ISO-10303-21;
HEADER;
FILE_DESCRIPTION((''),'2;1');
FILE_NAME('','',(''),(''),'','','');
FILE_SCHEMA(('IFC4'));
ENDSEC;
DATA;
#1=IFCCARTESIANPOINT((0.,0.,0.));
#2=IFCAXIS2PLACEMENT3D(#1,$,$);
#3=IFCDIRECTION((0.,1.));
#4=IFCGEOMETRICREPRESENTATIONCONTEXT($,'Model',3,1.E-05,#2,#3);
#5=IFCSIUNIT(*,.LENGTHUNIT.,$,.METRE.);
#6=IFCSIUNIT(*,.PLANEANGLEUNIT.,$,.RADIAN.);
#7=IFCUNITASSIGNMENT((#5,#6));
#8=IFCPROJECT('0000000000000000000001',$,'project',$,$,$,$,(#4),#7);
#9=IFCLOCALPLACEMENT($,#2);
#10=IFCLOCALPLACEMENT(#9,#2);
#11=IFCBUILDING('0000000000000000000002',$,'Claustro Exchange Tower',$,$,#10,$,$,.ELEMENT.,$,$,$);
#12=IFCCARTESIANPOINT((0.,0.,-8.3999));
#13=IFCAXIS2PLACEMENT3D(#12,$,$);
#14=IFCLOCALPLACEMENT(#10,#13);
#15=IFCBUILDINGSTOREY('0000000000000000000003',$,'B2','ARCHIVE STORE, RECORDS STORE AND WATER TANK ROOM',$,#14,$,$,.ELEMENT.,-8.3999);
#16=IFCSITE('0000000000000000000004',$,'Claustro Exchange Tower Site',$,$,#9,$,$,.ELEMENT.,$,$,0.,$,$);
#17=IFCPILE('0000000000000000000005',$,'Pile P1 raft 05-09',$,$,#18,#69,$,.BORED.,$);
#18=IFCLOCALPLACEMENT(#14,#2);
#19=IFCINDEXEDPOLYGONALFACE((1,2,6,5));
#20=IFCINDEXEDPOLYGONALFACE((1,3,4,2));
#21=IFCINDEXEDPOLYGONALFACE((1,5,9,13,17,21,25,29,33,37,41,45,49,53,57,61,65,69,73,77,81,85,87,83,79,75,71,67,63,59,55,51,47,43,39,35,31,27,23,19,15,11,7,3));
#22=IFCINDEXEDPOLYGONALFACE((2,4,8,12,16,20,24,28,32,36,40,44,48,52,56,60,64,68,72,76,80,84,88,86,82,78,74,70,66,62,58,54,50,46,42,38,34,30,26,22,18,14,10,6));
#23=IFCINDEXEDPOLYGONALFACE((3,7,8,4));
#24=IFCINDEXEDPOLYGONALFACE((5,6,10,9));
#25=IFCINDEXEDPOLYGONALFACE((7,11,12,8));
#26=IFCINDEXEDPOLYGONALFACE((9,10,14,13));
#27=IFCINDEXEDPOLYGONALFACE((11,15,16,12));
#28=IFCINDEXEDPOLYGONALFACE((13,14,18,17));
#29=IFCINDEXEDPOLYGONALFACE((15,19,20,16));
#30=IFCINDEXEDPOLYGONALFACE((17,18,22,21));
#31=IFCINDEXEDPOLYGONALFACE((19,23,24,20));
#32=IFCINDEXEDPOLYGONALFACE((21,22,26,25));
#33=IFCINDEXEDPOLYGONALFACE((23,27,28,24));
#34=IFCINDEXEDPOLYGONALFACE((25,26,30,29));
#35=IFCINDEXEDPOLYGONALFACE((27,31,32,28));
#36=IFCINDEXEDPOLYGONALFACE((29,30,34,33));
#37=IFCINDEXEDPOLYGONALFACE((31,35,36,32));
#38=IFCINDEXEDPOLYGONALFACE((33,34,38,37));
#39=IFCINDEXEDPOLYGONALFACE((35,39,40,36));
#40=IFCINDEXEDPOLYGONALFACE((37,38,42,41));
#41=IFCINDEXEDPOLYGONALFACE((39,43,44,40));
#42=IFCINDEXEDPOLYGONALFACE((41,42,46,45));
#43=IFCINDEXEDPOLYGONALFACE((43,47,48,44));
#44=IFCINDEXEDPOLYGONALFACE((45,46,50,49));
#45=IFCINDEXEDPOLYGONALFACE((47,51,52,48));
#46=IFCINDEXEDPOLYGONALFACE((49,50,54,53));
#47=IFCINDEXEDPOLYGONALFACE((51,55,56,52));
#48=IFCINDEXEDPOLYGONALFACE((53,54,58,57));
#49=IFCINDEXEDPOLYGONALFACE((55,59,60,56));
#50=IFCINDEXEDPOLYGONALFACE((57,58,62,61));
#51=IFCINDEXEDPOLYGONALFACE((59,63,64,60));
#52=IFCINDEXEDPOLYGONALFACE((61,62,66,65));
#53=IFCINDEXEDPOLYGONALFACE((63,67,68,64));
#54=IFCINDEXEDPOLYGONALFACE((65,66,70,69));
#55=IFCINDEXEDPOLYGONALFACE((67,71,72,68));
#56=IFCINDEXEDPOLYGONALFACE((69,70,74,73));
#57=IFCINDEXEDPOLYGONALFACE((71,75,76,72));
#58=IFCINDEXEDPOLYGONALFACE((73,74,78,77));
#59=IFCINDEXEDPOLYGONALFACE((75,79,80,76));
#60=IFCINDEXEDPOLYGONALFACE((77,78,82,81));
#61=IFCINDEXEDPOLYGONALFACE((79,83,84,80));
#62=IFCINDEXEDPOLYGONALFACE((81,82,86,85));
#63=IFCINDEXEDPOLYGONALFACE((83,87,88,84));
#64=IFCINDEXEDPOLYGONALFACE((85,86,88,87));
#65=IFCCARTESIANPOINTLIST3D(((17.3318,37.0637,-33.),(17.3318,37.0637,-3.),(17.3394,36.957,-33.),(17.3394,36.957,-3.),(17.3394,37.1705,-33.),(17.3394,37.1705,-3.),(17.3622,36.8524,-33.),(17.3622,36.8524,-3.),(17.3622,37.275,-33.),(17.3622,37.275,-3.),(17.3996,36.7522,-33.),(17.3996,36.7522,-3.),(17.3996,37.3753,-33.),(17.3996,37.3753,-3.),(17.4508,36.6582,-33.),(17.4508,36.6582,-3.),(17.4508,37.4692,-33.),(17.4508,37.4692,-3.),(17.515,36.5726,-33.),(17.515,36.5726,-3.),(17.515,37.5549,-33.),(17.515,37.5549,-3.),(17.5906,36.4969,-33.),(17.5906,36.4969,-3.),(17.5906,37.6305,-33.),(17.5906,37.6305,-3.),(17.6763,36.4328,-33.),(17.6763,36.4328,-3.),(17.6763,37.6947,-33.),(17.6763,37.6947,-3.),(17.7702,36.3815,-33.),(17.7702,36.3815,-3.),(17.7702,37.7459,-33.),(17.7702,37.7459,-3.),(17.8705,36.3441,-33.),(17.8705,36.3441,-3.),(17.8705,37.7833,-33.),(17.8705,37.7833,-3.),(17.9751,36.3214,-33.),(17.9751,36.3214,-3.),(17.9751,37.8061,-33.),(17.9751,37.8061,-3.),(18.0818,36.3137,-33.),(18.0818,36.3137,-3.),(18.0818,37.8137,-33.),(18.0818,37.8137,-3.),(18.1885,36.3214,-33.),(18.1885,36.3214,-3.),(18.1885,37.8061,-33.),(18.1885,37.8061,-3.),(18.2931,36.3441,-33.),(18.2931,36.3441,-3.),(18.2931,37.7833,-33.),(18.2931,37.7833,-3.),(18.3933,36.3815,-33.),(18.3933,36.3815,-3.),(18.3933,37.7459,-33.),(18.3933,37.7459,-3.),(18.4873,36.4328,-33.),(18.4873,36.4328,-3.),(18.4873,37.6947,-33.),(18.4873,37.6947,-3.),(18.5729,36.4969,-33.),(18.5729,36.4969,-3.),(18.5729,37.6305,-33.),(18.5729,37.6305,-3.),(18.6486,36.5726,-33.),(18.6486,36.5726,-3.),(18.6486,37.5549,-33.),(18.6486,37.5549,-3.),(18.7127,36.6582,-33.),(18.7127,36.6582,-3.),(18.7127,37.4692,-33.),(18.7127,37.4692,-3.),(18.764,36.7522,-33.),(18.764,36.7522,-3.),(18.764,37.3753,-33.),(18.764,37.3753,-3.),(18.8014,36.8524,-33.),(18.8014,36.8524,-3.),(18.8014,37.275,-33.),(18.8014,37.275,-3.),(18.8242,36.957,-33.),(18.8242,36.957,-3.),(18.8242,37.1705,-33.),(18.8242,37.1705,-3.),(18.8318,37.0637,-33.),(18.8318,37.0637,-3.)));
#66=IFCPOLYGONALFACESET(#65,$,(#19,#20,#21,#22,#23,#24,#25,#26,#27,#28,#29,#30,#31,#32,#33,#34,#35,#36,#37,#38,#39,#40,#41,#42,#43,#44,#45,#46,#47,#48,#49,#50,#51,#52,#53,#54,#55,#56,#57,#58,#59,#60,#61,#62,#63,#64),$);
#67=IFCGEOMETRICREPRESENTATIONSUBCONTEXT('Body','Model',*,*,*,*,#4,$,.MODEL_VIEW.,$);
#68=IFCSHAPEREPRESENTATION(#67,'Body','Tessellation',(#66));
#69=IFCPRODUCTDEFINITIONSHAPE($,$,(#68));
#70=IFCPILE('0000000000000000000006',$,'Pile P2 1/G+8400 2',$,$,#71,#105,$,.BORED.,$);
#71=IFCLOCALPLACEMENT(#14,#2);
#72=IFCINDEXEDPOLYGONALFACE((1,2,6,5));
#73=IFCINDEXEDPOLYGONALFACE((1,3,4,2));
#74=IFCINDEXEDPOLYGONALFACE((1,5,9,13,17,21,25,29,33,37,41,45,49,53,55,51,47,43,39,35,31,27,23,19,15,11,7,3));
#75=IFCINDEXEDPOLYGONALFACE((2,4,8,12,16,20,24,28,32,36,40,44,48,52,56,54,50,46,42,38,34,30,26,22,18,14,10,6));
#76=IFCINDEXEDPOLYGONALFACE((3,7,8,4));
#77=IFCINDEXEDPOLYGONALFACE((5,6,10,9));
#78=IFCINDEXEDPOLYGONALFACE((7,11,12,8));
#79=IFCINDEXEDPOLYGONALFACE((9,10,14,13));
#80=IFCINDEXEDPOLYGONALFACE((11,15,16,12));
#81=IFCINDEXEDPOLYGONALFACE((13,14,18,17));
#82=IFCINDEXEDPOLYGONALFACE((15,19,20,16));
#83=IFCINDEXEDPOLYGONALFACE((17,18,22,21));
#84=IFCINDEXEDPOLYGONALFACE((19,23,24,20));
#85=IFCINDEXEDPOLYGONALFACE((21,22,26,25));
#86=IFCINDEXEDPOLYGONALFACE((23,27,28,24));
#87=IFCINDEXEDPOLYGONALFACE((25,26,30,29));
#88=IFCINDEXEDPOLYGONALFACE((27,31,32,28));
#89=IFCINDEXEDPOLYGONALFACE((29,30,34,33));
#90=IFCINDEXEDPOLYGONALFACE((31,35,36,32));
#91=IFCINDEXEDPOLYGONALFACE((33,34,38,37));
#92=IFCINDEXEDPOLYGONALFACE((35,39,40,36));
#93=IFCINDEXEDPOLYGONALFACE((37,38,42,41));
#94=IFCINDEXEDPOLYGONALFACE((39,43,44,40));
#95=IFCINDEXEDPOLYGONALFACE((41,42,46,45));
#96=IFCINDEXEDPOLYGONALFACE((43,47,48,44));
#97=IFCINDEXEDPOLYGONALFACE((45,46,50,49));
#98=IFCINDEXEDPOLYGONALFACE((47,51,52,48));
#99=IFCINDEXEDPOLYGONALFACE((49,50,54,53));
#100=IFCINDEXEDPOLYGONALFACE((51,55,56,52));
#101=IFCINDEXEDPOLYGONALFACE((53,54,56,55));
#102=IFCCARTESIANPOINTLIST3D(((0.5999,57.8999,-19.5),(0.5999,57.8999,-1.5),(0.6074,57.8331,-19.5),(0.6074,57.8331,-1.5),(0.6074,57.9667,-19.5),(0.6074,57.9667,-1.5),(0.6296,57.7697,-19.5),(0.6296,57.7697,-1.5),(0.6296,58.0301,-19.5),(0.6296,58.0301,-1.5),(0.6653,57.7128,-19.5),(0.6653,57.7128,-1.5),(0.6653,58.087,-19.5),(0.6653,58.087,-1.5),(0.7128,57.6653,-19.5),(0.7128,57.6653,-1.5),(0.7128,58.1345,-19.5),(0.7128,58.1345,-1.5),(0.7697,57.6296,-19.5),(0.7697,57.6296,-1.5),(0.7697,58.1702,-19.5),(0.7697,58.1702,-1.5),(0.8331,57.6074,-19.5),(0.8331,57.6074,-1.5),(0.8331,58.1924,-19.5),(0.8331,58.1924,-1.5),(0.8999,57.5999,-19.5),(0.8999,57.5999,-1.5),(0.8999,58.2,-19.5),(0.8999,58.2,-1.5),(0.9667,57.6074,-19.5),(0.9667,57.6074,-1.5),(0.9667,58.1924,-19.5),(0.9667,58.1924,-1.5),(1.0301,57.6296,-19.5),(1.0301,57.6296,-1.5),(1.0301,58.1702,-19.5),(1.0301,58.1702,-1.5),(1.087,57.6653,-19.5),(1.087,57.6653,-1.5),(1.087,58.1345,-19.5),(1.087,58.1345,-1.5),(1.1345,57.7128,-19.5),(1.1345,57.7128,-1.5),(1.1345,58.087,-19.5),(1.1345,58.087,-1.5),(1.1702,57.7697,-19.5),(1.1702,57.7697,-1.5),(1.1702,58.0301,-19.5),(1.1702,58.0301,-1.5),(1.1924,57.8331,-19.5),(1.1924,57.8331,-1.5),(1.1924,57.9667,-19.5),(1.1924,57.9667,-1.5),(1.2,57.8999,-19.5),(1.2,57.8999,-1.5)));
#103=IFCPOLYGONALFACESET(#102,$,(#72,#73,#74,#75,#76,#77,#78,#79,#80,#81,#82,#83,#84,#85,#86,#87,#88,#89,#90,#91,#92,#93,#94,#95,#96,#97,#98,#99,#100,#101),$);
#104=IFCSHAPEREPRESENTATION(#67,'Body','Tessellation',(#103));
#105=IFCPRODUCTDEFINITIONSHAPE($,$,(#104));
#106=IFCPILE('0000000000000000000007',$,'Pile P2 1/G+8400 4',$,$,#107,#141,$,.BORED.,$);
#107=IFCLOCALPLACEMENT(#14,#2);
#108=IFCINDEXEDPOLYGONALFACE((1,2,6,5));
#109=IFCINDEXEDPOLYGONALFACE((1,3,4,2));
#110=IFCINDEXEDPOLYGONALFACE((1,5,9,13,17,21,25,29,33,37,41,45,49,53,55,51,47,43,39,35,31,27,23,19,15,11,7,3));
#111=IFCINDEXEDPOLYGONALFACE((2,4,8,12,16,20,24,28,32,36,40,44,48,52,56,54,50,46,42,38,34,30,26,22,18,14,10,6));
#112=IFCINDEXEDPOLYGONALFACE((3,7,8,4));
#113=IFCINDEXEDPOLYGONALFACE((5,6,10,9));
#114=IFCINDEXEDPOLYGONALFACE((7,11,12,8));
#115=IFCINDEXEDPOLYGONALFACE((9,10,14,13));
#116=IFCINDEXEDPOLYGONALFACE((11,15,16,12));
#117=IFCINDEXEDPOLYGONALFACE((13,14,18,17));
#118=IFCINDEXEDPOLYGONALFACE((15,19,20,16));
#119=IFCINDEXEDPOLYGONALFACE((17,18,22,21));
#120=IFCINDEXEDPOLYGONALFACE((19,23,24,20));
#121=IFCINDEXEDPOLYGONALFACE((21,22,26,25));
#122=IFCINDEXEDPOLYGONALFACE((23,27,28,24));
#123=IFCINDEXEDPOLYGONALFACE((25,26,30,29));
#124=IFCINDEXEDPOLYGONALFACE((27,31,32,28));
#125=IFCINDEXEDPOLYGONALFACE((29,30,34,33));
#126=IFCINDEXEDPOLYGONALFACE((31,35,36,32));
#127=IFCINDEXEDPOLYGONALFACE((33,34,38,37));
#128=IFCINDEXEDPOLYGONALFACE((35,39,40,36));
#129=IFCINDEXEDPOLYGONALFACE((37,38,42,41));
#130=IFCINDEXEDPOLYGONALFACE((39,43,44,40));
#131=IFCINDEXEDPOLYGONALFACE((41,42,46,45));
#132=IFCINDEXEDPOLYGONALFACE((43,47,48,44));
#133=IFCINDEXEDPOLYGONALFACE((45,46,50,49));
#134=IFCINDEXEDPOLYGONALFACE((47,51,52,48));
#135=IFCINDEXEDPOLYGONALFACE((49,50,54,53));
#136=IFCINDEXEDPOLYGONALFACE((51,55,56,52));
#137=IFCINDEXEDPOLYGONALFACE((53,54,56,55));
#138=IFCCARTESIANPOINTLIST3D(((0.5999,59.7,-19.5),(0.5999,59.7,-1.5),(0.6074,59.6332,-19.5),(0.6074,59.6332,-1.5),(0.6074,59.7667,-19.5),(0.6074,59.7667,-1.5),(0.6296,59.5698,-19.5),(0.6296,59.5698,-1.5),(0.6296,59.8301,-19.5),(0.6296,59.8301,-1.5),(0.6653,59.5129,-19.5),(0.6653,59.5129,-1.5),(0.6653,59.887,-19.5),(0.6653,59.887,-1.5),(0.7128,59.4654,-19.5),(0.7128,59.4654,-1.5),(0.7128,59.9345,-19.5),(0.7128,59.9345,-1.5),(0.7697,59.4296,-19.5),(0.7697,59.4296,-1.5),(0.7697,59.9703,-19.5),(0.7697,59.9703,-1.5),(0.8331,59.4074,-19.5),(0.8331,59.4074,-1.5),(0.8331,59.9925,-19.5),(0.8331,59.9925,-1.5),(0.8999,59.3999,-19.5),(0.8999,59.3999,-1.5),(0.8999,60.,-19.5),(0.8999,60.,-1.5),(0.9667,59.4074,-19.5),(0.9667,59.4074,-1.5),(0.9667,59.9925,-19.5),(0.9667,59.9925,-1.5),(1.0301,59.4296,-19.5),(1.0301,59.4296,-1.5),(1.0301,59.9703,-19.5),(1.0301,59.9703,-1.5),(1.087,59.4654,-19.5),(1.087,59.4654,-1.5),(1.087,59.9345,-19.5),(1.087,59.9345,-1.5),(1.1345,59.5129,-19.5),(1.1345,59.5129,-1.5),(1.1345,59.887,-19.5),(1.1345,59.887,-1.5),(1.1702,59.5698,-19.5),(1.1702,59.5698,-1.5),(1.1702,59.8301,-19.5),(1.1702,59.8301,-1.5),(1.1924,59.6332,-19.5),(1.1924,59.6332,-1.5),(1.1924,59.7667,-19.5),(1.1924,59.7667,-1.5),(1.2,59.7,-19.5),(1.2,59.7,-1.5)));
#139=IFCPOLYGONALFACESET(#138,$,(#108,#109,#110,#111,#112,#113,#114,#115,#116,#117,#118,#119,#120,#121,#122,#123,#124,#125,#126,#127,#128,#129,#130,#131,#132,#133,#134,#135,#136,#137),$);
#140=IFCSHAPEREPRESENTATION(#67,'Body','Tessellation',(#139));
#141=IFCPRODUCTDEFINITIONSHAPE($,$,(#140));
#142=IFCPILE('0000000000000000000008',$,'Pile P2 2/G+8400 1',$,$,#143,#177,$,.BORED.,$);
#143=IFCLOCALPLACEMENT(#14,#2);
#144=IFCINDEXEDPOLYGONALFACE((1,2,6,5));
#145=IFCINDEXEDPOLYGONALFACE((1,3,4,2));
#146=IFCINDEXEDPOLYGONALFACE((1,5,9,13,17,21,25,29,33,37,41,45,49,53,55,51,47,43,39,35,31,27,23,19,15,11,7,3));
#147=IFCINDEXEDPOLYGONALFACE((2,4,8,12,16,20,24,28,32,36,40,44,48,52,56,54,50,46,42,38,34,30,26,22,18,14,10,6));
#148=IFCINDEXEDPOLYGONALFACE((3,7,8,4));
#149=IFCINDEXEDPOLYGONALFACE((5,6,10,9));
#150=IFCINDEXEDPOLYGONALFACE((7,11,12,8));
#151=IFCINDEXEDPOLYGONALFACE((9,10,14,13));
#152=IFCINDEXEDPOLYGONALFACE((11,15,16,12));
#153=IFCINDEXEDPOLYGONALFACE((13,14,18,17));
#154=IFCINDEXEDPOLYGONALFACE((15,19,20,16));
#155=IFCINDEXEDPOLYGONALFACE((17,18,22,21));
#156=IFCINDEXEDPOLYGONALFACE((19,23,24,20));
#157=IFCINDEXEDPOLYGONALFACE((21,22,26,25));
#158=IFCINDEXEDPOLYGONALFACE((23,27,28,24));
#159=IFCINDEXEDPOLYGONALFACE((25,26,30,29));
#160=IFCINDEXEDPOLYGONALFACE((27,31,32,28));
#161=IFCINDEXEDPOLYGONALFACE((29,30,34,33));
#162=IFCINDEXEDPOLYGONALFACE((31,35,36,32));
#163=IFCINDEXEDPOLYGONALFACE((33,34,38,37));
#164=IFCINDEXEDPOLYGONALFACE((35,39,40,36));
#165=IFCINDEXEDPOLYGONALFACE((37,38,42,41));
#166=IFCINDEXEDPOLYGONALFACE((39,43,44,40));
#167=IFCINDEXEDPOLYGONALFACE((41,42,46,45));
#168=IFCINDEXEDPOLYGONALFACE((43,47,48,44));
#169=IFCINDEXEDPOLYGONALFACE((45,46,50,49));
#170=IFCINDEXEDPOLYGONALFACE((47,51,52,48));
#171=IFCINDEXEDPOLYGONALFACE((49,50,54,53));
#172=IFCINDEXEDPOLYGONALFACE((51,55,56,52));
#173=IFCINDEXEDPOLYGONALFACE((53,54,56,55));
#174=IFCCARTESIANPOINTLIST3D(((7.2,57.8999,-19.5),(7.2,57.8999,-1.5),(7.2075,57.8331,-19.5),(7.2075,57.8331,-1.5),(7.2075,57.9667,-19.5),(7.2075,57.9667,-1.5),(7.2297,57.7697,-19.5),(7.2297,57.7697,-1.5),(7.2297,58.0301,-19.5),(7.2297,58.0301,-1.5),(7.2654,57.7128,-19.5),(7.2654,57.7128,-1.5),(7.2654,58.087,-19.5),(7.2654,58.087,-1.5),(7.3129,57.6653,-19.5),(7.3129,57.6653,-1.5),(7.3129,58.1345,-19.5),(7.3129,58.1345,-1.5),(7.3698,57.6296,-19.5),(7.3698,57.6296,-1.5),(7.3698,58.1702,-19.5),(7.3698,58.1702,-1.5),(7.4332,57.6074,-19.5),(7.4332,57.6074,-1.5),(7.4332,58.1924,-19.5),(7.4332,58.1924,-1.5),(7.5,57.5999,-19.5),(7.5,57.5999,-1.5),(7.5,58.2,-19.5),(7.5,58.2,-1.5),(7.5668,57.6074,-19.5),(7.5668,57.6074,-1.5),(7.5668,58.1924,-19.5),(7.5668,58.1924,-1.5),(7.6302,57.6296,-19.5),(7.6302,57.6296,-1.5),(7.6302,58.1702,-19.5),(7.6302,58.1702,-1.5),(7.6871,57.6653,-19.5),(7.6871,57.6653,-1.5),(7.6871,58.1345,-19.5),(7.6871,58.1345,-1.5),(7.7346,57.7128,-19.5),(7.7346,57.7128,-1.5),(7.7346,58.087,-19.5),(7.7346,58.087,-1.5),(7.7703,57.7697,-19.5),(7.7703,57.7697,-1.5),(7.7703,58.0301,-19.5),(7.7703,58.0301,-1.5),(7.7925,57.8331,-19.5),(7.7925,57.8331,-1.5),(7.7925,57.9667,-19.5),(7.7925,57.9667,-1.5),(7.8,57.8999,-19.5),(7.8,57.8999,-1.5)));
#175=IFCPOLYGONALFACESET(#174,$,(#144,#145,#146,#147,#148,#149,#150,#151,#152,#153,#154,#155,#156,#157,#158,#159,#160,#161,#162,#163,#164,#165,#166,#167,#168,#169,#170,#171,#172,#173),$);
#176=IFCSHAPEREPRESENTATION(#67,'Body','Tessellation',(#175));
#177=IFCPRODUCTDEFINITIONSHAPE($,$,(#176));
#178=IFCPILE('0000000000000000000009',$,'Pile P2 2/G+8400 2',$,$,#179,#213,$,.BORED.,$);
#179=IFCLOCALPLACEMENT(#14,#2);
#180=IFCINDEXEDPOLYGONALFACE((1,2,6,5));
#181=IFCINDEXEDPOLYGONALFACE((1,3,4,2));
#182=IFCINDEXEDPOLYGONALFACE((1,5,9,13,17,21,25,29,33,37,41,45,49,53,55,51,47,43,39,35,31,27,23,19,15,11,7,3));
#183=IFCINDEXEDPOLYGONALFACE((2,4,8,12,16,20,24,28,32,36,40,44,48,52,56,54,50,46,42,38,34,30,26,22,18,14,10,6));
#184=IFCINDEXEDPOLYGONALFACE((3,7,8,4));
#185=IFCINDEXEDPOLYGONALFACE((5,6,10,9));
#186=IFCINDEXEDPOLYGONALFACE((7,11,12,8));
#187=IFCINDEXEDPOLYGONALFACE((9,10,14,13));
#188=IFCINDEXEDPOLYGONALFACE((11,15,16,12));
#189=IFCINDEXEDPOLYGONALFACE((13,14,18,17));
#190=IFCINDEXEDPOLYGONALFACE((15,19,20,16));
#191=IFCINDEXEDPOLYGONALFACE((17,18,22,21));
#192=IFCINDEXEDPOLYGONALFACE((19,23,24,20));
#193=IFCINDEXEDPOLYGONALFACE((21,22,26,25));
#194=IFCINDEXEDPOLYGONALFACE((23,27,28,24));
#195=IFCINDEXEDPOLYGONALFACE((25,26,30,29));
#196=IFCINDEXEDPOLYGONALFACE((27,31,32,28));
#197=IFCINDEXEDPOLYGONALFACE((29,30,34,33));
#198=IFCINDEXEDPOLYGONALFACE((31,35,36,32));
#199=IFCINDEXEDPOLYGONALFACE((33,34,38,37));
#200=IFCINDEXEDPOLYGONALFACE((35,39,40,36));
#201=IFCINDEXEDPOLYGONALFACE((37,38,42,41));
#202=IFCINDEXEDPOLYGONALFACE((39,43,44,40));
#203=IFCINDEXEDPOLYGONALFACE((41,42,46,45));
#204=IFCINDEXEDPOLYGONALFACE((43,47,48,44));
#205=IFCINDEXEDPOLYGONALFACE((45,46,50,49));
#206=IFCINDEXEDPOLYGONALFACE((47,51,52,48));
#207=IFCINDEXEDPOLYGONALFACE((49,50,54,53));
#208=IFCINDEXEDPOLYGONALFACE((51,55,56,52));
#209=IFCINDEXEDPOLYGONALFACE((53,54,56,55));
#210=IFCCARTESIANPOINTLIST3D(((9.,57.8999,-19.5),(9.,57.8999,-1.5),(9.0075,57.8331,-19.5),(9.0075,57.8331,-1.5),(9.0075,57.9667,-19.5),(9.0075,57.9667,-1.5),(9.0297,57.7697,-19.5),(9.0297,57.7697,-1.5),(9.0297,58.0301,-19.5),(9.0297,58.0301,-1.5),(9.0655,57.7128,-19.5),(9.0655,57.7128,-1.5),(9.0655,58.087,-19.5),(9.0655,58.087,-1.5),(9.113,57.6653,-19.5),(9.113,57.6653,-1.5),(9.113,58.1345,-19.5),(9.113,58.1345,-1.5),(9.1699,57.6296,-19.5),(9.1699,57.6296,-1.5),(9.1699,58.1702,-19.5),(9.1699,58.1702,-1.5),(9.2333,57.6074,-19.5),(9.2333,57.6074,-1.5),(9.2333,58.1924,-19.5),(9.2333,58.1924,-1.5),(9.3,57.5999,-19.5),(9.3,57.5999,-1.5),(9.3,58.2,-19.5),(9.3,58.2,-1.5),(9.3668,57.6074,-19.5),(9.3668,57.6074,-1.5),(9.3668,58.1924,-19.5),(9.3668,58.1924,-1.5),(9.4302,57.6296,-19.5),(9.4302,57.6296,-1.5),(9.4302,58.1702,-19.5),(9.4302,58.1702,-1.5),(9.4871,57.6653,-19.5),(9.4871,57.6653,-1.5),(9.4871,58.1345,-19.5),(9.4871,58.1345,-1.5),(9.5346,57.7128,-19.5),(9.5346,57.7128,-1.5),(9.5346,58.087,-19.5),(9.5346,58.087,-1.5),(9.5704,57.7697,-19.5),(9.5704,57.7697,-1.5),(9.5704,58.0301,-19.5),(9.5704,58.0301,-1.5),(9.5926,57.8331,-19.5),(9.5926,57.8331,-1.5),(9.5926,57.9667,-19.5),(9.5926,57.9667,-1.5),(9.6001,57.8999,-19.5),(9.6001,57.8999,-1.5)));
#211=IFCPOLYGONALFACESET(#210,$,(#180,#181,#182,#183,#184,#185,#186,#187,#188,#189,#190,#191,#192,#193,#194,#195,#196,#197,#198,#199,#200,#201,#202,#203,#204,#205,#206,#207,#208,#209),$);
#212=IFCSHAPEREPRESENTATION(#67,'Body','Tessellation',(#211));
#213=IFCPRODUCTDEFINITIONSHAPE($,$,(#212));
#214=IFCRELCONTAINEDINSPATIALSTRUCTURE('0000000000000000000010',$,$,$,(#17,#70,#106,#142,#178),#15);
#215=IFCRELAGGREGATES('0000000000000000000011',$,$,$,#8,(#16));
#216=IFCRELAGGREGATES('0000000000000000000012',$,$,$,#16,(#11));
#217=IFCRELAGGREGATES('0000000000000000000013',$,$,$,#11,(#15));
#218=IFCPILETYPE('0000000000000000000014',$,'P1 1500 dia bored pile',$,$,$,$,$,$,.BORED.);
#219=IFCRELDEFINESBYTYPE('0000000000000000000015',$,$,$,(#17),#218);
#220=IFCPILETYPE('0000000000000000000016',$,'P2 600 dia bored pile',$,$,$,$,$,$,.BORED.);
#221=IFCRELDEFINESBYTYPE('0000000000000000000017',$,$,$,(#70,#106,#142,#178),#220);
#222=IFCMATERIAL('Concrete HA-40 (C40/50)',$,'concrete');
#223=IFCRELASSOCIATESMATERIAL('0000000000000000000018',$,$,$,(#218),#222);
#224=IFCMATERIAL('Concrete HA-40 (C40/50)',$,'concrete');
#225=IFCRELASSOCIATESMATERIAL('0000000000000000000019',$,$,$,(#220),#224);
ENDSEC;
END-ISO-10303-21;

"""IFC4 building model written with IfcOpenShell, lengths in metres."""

from ifc_helpers import new_model, si_unit, direction, frame, origin, origin_2d, place, context, subcontext, project, spatial, circle, extrude, material, type_object, element, save


model = new_model("IFC4")

# Units and contexts
model_context = context("Model", 3, precision=1e-05, world=origin(), true_north=direction((0.0, 1.0)))
body_context = subcontext(model_context, "Body", "Model", "MODEL_VIEW")
ifc_project = project(units=[si_unit("LENGTHUNIT", "METRE"), si_unit("PLANEANGLEUNIT", "RADIAN")], contexts=[model_context])

# Site, building, storey
site_placement = place(None, origin())
site = spatial("IfcSite", under=ifc_project, at=site_placement, Name="Claustro Exchange Tower Site", CompositionType="ELEMENT", RefElevation=0.0)
building_placement = place(site_placement, origin())
building = spatial("IfcBuilding", under=site, at=building_placement, Name="Claustro Exchange Tower", CompositionType="ELEMENT")
storey_placement = place(building_placement, frame((0.0, 0.0, -8.3999)))
storey = spatial("IfcBuildingStorey", under=building, at=storey_placement, Name="B2", Description="ARCHIVE STORE, RECORDS STORE AND WATER TANK ROOM", CompositionType="ELEMENT", Elevation=-8.3999)

# Piles
ifc_material_1 = material(Name="Concrete HA-40 (C40/50)", Category="concrete")
pile_type_1 = type_object("IfcPileType", Name="P1 1500 dia bored pile", PredefinedType="BORED", material=ifc_material_1)
for number, where, z_axis, x_axis, name in (
    (1, (18.0818, 37.0637, -3.0), (0.0, 0.0, -1.0), (1.0, 0.0, 0.0), "Pile P1 raft 05-09"),
):
    element("IfcPile", number, at=place(storey_placement, frame(where, z_axis=z_axis, x_axis=x_axis)), inside=storey, type_object=pile_type_1, Name=name, PredefinedType="BORED", context=body_context, shape_type="SweptSolid", body=[
        extrude(circle(Radius=0.75, at=origin_2d()), origin(), (0.0, 0.0, 1.0), 30.0),
    ])
ifc_material_2 = material(Name="Concrete HA-40 (C40/50)", Category="concrete")
pile_type_2 = type_object("IfcPileType", Name="P2 600 dia bored pile", PredefinedType="BORED", material=ifc_material_2)
for number, where, z_axis, x_axis, name in (
    (2, (0.8999, 57.8999, -1.5), (0.0, 0.0, -1.0), (1.0, 0.0, 0.0), "Pile P2 1/G+8400 2"),
    (3, (0.8999, 59.7, -1.5), (0.0, 0.0, -1.0), (1.0, 0.0, 0.0), "Pile P2 1/G+8400 4"),
    (4, (7.5, 57.8999, -1.5), (0.0, 0.0, -1.0), (1.0, 0.0, 0.0), "Pile P2 2/G+8400 1"),
    (5, (9.3, 57.8999, -1.5), (0.0, 0.0, -1.0), (1.0, 0.0, 0.0), "Pile P2 2/G+8400 2"),
):
    element("IfcPile", number, at=place(storey_placement, frame(where, z_axis=z_axis, x_axis=x_axis)), inside=storey, type_object=pile_type_2, Name=name, PredefinedType="BORED", context=body_context, shape_type="SweptSolid", body=[
        extrude(circle(Radius=0.3, at=origin_2d()), origin(), (0.0, 0.0, 1.0), 18.0),
    ])

save(model, "model.ifc")
